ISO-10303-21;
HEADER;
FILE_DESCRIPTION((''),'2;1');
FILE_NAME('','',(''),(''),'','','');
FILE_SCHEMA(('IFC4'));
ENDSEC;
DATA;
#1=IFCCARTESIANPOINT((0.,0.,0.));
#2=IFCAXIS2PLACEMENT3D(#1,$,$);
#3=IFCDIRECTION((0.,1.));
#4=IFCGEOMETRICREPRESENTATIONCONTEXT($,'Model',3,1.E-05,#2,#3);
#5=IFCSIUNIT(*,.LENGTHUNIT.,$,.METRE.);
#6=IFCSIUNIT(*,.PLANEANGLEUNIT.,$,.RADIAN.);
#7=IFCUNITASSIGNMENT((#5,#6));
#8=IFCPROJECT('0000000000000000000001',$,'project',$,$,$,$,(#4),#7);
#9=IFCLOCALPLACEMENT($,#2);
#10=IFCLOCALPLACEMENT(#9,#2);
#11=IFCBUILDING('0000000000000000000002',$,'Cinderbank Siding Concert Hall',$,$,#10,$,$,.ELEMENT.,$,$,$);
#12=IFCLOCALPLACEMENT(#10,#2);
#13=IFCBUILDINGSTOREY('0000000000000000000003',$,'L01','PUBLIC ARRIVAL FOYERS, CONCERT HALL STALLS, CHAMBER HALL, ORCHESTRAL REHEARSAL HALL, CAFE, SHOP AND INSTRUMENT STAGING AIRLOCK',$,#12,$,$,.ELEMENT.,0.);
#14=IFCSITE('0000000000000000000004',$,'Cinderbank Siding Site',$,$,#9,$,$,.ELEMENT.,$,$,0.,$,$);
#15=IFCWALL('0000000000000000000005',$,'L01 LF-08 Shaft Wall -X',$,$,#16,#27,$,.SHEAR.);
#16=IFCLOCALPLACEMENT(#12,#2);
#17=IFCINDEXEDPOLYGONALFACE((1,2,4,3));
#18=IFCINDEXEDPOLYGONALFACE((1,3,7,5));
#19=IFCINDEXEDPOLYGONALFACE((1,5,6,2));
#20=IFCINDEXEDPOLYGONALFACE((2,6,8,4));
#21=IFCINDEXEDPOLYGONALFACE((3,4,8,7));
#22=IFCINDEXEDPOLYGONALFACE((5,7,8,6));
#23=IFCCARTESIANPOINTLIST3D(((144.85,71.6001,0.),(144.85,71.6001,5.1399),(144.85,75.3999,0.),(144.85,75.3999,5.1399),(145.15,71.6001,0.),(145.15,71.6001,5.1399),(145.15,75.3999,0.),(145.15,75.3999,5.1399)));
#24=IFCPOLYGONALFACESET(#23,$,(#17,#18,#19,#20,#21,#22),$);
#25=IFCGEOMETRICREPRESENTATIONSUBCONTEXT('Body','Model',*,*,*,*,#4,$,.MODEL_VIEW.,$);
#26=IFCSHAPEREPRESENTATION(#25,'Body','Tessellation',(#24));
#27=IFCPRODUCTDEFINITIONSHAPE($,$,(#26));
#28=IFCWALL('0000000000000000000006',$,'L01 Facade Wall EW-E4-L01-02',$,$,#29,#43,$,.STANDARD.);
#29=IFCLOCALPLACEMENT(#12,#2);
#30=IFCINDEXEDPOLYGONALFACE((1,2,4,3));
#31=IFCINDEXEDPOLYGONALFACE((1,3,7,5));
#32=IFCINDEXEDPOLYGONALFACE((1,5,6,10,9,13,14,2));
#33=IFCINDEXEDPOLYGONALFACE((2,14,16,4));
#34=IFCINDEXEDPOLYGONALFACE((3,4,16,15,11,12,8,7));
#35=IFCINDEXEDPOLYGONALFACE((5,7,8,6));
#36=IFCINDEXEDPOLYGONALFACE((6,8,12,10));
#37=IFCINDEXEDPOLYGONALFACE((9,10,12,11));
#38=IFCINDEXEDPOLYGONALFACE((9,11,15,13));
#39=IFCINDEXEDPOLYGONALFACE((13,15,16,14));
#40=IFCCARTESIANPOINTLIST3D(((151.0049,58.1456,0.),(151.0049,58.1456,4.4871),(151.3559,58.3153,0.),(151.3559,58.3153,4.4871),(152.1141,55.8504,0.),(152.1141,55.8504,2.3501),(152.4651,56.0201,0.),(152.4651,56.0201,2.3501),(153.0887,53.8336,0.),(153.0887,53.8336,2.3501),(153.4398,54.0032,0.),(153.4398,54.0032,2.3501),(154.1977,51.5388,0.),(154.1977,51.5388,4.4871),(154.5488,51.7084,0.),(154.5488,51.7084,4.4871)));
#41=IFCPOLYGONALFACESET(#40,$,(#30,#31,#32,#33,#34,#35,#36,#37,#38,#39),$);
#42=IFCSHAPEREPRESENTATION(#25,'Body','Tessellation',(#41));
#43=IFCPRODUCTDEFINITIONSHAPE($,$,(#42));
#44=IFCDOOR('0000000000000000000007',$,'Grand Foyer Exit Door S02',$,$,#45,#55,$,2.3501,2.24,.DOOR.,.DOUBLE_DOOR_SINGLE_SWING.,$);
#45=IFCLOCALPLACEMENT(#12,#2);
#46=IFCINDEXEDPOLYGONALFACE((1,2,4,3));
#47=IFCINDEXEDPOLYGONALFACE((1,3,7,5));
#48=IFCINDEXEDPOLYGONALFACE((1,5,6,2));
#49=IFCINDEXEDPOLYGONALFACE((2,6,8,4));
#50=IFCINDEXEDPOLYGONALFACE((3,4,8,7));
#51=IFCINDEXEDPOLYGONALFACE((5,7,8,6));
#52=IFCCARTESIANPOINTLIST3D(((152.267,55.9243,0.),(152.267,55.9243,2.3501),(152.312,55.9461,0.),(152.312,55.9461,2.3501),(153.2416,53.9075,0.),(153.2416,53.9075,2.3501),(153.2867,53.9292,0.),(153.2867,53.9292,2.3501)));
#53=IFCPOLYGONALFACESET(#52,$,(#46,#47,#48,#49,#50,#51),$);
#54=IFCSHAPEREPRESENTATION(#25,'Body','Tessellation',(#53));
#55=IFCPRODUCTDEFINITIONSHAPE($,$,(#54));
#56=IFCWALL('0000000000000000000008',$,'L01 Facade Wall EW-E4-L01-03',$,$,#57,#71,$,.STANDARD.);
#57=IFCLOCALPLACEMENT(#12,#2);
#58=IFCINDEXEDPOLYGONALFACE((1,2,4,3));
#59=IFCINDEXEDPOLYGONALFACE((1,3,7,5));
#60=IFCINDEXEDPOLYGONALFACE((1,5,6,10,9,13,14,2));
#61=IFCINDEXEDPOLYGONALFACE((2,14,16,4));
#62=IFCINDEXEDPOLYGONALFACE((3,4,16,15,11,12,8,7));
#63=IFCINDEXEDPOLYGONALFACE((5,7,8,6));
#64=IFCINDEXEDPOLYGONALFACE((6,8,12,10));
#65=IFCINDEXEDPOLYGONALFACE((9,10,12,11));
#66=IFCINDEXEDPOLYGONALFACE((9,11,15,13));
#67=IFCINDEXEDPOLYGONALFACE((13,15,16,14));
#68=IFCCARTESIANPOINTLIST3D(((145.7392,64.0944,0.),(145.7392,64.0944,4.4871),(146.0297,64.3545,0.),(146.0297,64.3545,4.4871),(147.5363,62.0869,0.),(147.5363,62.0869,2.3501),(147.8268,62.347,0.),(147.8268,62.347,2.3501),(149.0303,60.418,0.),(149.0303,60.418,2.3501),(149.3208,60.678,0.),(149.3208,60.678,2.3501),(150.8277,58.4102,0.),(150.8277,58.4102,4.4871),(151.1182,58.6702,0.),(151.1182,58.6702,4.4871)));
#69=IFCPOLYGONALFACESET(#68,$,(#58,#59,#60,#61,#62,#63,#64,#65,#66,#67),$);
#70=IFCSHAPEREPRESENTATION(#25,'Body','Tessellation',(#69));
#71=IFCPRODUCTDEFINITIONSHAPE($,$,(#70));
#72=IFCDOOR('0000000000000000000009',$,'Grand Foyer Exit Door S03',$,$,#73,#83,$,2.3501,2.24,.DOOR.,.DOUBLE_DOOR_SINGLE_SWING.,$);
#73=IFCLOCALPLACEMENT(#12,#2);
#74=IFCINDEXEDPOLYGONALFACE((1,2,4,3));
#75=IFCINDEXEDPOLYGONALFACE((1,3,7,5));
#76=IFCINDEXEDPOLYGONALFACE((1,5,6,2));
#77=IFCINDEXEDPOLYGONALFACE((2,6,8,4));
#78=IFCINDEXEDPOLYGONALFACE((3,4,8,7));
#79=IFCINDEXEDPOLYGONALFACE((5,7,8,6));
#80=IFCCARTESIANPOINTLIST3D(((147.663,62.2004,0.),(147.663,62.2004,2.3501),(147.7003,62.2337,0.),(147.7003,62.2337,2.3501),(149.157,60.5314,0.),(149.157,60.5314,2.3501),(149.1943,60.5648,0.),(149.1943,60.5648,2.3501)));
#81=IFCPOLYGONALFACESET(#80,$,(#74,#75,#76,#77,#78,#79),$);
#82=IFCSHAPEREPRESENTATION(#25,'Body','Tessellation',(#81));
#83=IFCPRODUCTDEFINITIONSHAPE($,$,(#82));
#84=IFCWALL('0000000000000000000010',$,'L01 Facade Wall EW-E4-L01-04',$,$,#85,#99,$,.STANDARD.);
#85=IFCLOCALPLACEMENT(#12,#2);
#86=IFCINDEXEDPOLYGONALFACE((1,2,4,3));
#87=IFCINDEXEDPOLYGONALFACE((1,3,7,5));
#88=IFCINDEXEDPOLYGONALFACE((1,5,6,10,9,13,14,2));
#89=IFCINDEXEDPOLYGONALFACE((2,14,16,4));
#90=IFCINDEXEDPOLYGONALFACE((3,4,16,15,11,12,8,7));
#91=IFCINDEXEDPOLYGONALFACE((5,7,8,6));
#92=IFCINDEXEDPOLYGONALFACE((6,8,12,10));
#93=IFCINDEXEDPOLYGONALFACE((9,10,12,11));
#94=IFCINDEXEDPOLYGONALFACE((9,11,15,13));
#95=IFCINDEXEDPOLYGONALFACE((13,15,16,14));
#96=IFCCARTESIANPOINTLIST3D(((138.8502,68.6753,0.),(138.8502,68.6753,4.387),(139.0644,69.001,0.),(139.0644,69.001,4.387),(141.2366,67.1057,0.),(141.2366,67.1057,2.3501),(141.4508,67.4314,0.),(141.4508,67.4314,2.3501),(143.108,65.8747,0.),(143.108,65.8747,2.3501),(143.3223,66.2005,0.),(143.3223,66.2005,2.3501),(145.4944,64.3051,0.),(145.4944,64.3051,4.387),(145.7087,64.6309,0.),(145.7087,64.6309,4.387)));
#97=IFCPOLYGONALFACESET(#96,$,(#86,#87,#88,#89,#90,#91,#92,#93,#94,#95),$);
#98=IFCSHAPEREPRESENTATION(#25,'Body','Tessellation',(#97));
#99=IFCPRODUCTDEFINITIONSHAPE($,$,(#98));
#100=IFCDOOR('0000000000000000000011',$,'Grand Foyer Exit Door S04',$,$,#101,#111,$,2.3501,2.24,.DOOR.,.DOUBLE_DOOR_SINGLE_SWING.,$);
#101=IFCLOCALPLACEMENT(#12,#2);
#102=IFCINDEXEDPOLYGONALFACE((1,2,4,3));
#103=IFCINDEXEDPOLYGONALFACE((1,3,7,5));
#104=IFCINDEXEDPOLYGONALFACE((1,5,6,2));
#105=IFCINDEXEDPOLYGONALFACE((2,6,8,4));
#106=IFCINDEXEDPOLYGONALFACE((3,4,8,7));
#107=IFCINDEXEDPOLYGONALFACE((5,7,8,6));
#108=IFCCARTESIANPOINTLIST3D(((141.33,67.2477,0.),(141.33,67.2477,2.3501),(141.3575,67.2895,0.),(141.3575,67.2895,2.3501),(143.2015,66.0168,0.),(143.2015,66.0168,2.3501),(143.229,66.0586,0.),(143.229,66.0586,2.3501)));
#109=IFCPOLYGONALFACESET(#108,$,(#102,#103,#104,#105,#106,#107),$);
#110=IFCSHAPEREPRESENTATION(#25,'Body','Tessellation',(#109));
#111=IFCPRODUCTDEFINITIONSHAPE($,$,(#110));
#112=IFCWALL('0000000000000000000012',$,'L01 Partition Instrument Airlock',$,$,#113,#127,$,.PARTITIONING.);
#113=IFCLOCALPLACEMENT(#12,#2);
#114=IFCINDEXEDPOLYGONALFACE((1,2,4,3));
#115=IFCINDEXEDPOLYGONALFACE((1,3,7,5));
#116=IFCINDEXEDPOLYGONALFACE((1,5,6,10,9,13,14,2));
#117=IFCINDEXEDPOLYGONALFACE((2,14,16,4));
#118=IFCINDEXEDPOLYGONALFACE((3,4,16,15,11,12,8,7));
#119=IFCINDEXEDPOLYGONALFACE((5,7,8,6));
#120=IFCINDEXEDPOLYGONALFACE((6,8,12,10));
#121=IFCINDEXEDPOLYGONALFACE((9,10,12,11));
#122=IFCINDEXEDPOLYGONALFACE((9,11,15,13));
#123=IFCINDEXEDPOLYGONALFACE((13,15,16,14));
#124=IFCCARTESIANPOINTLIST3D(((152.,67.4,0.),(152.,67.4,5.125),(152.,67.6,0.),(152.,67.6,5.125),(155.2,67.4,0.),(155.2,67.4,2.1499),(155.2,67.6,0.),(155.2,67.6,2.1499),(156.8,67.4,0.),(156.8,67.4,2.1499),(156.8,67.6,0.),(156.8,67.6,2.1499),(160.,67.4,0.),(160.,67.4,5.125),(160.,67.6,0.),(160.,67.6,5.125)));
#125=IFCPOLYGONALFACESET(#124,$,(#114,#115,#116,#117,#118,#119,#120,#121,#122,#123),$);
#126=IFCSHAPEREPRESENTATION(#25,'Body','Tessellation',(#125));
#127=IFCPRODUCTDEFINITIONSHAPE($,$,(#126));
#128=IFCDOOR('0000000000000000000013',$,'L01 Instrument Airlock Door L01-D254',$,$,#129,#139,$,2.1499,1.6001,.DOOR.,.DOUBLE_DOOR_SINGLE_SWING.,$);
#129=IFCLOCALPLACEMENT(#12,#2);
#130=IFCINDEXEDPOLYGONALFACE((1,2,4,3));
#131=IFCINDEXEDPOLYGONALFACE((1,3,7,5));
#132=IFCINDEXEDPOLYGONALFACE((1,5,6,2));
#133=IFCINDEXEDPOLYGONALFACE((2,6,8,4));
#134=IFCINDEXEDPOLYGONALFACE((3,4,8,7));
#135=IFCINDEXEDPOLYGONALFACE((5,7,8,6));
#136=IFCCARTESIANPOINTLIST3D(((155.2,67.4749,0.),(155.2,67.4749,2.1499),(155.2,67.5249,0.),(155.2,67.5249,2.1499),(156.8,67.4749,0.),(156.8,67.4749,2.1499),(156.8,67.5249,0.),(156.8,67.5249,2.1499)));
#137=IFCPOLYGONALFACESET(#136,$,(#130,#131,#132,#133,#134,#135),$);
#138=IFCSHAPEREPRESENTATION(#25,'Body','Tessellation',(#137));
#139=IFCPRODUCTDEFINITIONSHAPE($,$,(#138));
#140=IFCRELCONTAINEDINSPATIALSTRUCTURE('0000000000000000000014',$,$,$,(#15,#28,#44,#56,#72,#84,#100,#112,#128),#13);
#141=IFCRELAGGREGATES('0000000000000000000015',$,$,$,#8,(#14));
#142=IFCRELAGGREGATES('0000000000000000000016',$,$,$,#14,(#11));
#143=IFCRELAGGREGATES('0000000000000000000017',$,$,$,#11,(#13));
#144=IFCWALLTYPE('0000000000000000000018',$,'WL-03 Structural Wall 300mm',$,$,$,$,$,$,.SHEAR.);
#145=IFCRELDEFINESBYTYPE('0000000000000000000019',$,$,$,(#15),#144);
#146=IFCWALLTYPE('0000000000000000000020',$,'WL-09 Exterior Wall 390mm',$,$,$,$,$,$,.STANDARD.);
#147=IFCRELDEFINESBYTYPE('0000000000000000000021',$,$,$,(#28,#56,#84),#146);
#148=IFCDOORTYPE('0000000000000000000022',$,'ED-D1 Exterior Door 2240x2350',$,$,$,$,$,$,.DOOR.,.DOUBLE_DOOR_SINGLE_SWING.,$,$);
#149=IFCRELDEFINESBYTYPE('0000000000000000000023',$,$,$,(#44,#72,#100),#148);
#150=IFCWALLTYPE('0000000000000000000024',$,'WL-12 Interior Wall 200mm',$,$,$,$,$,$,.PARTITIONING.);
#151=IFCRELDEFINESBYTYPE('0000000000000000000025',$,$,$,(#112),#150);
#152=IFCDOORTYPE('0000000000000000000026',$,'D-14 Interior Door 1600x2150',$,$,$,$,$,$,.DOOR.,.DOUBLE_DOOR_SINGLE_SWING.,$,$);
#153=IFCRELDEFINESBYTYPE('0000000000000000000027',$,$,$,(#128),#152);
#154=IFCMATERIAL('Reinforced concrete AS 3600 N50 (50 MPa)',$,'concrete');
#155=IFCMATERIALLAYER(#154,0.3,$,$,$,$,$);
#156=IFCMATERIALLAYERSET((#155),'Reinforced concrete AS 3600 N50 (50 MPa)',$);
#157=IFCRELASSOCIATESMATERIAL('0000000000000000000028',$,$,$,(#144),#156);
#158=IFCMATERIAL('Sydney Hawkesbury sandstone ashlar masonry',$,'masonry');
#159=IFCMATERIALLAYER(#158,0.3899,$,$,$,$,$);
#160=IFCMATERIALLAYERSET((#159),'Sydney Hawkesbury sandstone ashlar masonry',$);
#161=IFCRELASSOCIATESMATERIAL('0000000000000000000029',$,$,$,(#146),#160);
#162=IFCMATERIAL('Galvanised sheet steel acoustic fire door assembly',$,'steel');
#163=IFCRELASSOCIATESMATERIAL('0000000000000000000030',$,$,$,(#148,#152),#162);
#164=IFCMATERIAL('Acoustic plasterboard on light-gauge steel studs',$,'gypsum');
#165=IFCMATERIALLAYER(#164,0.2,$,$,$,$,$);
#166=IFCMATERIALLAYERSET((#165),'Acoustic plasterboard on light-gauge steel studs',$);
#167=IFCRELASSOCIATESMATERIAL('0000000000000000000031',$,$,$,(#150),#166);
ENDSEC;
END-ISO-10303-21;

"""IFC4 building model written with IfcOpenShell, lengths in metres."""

from ifc_helpers import new_model, si_unit, direction, frame, frame_2d, origin, place, context, subcontext, project, spatial, rectangle, extrude, material, layer, layer_set, type_object, element, fill, save


model = new_model("IFC4")

# Units and contexts
model_context = context("Model", 3, precision=1e-05, world=origin(), true_north=direction((0.0, 1.0)))
body_context = subcontext(model_context, "Body", "Model", "MODEL_VIEW")
ifc_project = project(units=[si_unit("LENGTHUNIT", "METRE"), si_unit("PLANEANGLEUNIT", "RADIAN")], contexts=[model_context])

# Site, building, storey
site_placement = place(None, origin())
site = spatial("IfcSite", under=ifc_project, at=site_placement, Name="Cinderbank Siding Site", CompositionType="ELEMENT", RefElevation=0.0)
building_placement = place(site_placement, origin())
building = spatial("IfcBuilding", under=site, at=building_placement, Name="Cinderbank Siding Concert Hall", CompositionType="ELEMENT")
storey_placement = place(building_placement, origin())
storey = spatial("IfcBuildingStorey", under=building, at=storey_placement, Name="L01", Description="PUBLIC ARRIVAL FOYERS, CONCERT HALL STALLS, CHAMBER HALL, ORCHESTRAL REHEARSAL HALL, CAFE, SHOP AND INSTRUMENT STAGING AIRLOCK", CompositionType="ELEMENT", Elevation=0.0)

# Shared definitions
ifc_material_1 = material(Name="Reinforced concrete AS 3600 N50 (50 MPa)", Category="concrete")

# Shared definitions
ifc_layer_1 = layer(ifc_material_1, 0.3)
ifc_layer_set_1 = layer_set([ifc_layer_1], Name="Reinforced concrete AS 3600 N50 (50 MPa)")
wall_type_1 = type_object("IfcWallType", Name="WL-03 Structural Wall 300mm", PredefinedType="SHEAR", material=ifc_layer_set_1)

# Shared definitions
ifc_material_2 = material(Name="Galvanised sheet steel acoustic fire door assembly", Category="steel")

# Wall
wall_1_placement = place(storey_placement, frame((145.0, 71.6001, 0.0), z_axis=(0.0, 0.0, 1.0), x_axis=(0.0, 1.0, 0.0)))
element("IfcWall", 1, at=wall_1_placement, inside=storey, type_object=wall_type_1, Name="L01 LF-08 Shaft Wall -X", PredefinedType="SHEAR", context=body_context, shape_type="SweptSolid", body=[
    extrude(rectangle(XDim=3.7998, YDim=0.3, at=frame_2d((1.8999, 0.0))), origin(), (0.0, 0.0, 1.0), 5.1399),
])

# Walls, openings, doors
ifc_material_3 = material(Name="Sydney Hawkesbury sandstone ashlar masonry", Category="masonry")
ifc_layer_2 = layer(ifc_material_3, 0.3899)
ifc_layer_set_2 = layer_set([ifc_layer_2], Name="Sydney Hawkesbury sandstone ashlar masonry")
wall_type_2 = type_object("IfcWallType", Name="WL-09 Exterior Wall 390mm", PredefinedType="STANDARD", material=ifc_layer_set_2)
wall_2_placement = place(storey_placement, frame((151.1804, 58.2305, 0.0), z_axis=(0.0, 0.0, 1.0), x_axis=(0.435116, -0.900375, 0.0)))
wall_2 = element("IfcWall", 2, at=wall_2_placement, inside=storey, type_object=wall_type_2, Name="L01 Facade Wall EW-E4-L01-02", PredefinedType="STANDARD", context=body_context, shape_type="SweptSolid", body=[
    extrude(rectangle(XDim=7.3379, YDim=0.3899, at=frame_2d((3.6689, 0.0))), origin(), (0.0, 0.0, 1.0), 4.4871),
])
opening_1_placement = place(wall_2_placement, frame((2.5491, 0.0, 0.0)))
opening_1 = element("IfcOpeningElement", 3, at=opening_1_placement, cuts=wall_2, PredefinedType="OPENING", context=body_context, shape_type="SweptSolid", body=[
    extrude(rectangle(XDim=2.24, YDim=2.3501, at=frame_2d((1.1201, 1.175))), frame((0.0, 0.207, 0.0), z_axis=(0.0, -1.0, 0.0), x_axis=(1.0, 0.0, 0.0)), (0.0, 0.0, 1.0), 0.4138),
])
door_type_1 = type_object("IfcDoorType", Name="ED-D1 Exterior Door 2240x2350", OperationType="DOUBLE_DOOR_SINGLE_SWING", PredefinedType="DOOR", material=ifc_material_2)
door_1_placement = place(opening_1_placement, origin())
door_1 = element("IfcDoor", 4, at=door_1_placement, inside=storey, type_object=door_type_1, Name="Grand Foyer Exit Door S02", OperationType="DOUBLE_DOOR_SINGLE_SWING", OverallHeight=2.3501, OverallWidth=2.24, PredefinedType="DOOR", context=body_context, shape_type="SweptSolid", body=[
    extrude(rectangle(XDim=2.24, YDim=2.3501, at=frame_2d((1.1201, 1.175))), frame((0.0, 0.0249, 0.0), z_axis=(0.0, -1.0, 0.0), x_axis=(1.0, 0.0, 0.0)), (0.0, 0.0, 1.0), 0.05),
])
fill(opening_1, door_1)
wall_3_placement = place(storey_placement, frame((150.9729, 58.5403, 0.0), z_axis=(0.0, 0.0, 1.0), x_axis=(-0.666988, 0.745069, 0.0)))
wall_3 = element("IfcWall", 5, at=wall_3_placement, inside=storey, type_object=wall_type_2, Name="L01 Facade Wall EW-E4-L01-03", PredefinedType="STANDARD", context=body_context, shape_type="SweptSolid", body=[
    extrude(rectangle(XDim=7.6292, YDim=0.3899, at=frame_2d((3.8145, 0.0))), origin(), (0.0, 0.0, 1.0), 4.4871),
])
opening_2_placement = place(wall_3_placement, frame((2.6946, 0.0, 0.0)))
opening_2 = element("IfcOpeningElement", 6, at=opening_2_placement, cuts=wall_3, PredefinedType="OPENING", context=body_context, shape_type="SweptSolid", body=[
    extrude(rectangle(XDim=2.24, YDim=2.3501, at=frame_2d((1.1201, 1.175))), frame((0.0, 0.207, 0.0), z_axis=(0.0, -1.0, 0.0), x_axis=(1.0, 0.0, 0.0)), (0.0, 0.0, 1.0), 0.4138),
])
door_2_placement = place(opening_2_placement, origin())
door_2 = element("IfcDoor", 7, at=door_2_placement, inside=storey, type_object=door_type_1, Name="Grand Foyer Exit Door S03", OperationType="DOUBLE_DOOR_SINGLE_SWING", OverallHeight=2.3501, OverallWidth=2.24, PredefinedType="DOOR", context=body_context, shape_type="SweptSolid", body=[
    extrude(rectangle(XDim=2.24, YDim=2.3501, at=frame_2d((1.1201, 1.175))), frame((0.0, 0.0249, 0.0), z_axis=(0.0, -1.0, 0.0), x_axis=(1.0, 0.0, 0.0)), (0.0, 0.0, 1.0), 0.05),
])
fill(opening_2, door_2)
wall_4_placement = place(storey_placement, frame((145.6016, 64.468, 0.0), z_axis=(0.0, 0.0, 1.0), x_axis=(-0.835482, 0.549518, 0.0)))
wall_4 = element("IfcWall", 8, at=wall_4_placement, inside=storey, type_object=wall_type_2, Name="L01 Facade Wall EW-E4-L01-04", PredefinedType="STANDARD", context=body_context, shape_type="SweptSolid", body=[
    extrude(rectangle(XDim=7.9526, YDim=0.3899, at=frame_2d((3.9763, 0.0))), origin(), (0.0, 0.0, 1.0), 4.387),
])
opening_3_placement = place(wall_4_placement, frame((2.8562, 0.0, 0.0)))
opening_3 = element("IfcOpeningElement", 9, at=opening_3_placement, cuts=wall_4, PredefinedType="OPENING", context=body_context, shape_type="SweptSolid", body=[
    extrude(rectangle(XDim=2.24, YDim=2.3501, at=frame_2d((1.1201, 1.175))), frame((0.0, 0.207, 0.0), z_axis=(0.0, -1.0, 0.0), x_axis=(1.0, 0.0, 0.0)), (0.0, 0.0, 1.0), 0.4138),
])
door_3_placement = place(opening_3_placement, origin())
door_3 = element("IfcDoor", 10, at=door_3_placement, inside=storey, type_object=door_type_1, Name="Grand Foyer Exit Door S04", OperationType="DOUBLE_DOOR_SINGLE_SWING", OverallHeight=2.3501, OverallWidth=2.24, PredefinedType="DOOR", context=body_context, shape_type="SweptSolid", body=[
    extrude(rectangle(XDim=2.24, YDim=2.3501, at=frame_2d((1.1201, 1.175))), frame((0.0, 0.0249, 0.0), z_axis=(0.0, -1.0, 0.0), x_axis=(1.0, 0.0, 0.0)), (0.0, 0.0, 1.0), 0.05),
])
fill(opening_3, door_3)
ifc_material_4 = material(Name="Acoustic plasterboard on light-gauge steel studs", Category="gypsum")
ifc_layer_3 = layer(ifc_material_4, 0.2)
ifc_layer_set_3 = layer_set([ifc_layer_3], Name="Acoustic plasterboard on light-gauge steel studs")
wall_type_3 = type_object("IfcWallType", Name="WL-12 Interior Wall 200mm", PredefinedType="PARTITIONING", material=ifc_layer_set_3)
wall_5_placement = place(storey_placement, frame((152.0, 67.5, 0.0), z_axis=(0.0, 0.0, 1.0), x_axis=(1.0, 0.0, 0.0)))
wall_5 = element("IfcWall", 11, at=wall_5_placement, inside=storey, type_object=wall_type_3, Name="L01 Partition Instrument Airlock", PredefinedType="PARTITIONING", context=body_context, shape_type="SweptSolid", body=[
    extrude(rectangle(XDim=8.0, YDim=0.2, at=frame_2d((4.0, 0.0))), origin(), (0.0, 0.0, 1.0), 5.125),
])
opening_4_placement = place(wall_5_placement, frame((3.2, 0.0, 0.0)))
opening_4 = element("IfcOpeningElement", 12, at=opening_4_placement, cuts=wall_5, PredefinedType="OPENING", context=body_context, shape_type="SweptSolid", body=[
    extrude(rectangle(XDim=1.6001, YDim=2.1499, at=frame_2d((0.8, 1.075))), frame((0.0, 0.1118, 0.0), z_axis=(0.0, -1.0, 0.0), x_axis=(1.0, 0.0, 0.0)), (0.0, 0.0, 1.0), 0.2239),
])
door_type_2 = type_object("IfcDoorType", Name="D-14 Interior Door 1600x2150", OperationType="DOUBLE_DOOR_SINGLE_SWING", PredefinedType="DOOR", material=ifc_material_2)
door_4_placement = place(opening_4_placement, origin())
door_4 = element("IfcDoor", 13, at=door_4_placement, inside=storey, type_object=door_type_2, Name="L01 Instrument Airlock Door L01-D254", OperationType="DOUBLE_DOOR_SINGLE_SWING", OverallHeight=2.1499, OverallWidth=1.6001, PredefinedType="DOOR", context=body_context, shape_type="SweptSolid", body=[
    extrude(rectangle(XDim=1.6001, YDim=2.1499, at=frame_2d((0.8, 1.075))), frame((0.0, 0.0249, 0.0), z_axis=(0.0, -1.0, 0.0), x_axis=(1.0, 0.0, 0.0)), (0.0, 0.0, 1.0), 0.05),
])
fill(opening_4, door_4)

save(model, "model.ifc")
